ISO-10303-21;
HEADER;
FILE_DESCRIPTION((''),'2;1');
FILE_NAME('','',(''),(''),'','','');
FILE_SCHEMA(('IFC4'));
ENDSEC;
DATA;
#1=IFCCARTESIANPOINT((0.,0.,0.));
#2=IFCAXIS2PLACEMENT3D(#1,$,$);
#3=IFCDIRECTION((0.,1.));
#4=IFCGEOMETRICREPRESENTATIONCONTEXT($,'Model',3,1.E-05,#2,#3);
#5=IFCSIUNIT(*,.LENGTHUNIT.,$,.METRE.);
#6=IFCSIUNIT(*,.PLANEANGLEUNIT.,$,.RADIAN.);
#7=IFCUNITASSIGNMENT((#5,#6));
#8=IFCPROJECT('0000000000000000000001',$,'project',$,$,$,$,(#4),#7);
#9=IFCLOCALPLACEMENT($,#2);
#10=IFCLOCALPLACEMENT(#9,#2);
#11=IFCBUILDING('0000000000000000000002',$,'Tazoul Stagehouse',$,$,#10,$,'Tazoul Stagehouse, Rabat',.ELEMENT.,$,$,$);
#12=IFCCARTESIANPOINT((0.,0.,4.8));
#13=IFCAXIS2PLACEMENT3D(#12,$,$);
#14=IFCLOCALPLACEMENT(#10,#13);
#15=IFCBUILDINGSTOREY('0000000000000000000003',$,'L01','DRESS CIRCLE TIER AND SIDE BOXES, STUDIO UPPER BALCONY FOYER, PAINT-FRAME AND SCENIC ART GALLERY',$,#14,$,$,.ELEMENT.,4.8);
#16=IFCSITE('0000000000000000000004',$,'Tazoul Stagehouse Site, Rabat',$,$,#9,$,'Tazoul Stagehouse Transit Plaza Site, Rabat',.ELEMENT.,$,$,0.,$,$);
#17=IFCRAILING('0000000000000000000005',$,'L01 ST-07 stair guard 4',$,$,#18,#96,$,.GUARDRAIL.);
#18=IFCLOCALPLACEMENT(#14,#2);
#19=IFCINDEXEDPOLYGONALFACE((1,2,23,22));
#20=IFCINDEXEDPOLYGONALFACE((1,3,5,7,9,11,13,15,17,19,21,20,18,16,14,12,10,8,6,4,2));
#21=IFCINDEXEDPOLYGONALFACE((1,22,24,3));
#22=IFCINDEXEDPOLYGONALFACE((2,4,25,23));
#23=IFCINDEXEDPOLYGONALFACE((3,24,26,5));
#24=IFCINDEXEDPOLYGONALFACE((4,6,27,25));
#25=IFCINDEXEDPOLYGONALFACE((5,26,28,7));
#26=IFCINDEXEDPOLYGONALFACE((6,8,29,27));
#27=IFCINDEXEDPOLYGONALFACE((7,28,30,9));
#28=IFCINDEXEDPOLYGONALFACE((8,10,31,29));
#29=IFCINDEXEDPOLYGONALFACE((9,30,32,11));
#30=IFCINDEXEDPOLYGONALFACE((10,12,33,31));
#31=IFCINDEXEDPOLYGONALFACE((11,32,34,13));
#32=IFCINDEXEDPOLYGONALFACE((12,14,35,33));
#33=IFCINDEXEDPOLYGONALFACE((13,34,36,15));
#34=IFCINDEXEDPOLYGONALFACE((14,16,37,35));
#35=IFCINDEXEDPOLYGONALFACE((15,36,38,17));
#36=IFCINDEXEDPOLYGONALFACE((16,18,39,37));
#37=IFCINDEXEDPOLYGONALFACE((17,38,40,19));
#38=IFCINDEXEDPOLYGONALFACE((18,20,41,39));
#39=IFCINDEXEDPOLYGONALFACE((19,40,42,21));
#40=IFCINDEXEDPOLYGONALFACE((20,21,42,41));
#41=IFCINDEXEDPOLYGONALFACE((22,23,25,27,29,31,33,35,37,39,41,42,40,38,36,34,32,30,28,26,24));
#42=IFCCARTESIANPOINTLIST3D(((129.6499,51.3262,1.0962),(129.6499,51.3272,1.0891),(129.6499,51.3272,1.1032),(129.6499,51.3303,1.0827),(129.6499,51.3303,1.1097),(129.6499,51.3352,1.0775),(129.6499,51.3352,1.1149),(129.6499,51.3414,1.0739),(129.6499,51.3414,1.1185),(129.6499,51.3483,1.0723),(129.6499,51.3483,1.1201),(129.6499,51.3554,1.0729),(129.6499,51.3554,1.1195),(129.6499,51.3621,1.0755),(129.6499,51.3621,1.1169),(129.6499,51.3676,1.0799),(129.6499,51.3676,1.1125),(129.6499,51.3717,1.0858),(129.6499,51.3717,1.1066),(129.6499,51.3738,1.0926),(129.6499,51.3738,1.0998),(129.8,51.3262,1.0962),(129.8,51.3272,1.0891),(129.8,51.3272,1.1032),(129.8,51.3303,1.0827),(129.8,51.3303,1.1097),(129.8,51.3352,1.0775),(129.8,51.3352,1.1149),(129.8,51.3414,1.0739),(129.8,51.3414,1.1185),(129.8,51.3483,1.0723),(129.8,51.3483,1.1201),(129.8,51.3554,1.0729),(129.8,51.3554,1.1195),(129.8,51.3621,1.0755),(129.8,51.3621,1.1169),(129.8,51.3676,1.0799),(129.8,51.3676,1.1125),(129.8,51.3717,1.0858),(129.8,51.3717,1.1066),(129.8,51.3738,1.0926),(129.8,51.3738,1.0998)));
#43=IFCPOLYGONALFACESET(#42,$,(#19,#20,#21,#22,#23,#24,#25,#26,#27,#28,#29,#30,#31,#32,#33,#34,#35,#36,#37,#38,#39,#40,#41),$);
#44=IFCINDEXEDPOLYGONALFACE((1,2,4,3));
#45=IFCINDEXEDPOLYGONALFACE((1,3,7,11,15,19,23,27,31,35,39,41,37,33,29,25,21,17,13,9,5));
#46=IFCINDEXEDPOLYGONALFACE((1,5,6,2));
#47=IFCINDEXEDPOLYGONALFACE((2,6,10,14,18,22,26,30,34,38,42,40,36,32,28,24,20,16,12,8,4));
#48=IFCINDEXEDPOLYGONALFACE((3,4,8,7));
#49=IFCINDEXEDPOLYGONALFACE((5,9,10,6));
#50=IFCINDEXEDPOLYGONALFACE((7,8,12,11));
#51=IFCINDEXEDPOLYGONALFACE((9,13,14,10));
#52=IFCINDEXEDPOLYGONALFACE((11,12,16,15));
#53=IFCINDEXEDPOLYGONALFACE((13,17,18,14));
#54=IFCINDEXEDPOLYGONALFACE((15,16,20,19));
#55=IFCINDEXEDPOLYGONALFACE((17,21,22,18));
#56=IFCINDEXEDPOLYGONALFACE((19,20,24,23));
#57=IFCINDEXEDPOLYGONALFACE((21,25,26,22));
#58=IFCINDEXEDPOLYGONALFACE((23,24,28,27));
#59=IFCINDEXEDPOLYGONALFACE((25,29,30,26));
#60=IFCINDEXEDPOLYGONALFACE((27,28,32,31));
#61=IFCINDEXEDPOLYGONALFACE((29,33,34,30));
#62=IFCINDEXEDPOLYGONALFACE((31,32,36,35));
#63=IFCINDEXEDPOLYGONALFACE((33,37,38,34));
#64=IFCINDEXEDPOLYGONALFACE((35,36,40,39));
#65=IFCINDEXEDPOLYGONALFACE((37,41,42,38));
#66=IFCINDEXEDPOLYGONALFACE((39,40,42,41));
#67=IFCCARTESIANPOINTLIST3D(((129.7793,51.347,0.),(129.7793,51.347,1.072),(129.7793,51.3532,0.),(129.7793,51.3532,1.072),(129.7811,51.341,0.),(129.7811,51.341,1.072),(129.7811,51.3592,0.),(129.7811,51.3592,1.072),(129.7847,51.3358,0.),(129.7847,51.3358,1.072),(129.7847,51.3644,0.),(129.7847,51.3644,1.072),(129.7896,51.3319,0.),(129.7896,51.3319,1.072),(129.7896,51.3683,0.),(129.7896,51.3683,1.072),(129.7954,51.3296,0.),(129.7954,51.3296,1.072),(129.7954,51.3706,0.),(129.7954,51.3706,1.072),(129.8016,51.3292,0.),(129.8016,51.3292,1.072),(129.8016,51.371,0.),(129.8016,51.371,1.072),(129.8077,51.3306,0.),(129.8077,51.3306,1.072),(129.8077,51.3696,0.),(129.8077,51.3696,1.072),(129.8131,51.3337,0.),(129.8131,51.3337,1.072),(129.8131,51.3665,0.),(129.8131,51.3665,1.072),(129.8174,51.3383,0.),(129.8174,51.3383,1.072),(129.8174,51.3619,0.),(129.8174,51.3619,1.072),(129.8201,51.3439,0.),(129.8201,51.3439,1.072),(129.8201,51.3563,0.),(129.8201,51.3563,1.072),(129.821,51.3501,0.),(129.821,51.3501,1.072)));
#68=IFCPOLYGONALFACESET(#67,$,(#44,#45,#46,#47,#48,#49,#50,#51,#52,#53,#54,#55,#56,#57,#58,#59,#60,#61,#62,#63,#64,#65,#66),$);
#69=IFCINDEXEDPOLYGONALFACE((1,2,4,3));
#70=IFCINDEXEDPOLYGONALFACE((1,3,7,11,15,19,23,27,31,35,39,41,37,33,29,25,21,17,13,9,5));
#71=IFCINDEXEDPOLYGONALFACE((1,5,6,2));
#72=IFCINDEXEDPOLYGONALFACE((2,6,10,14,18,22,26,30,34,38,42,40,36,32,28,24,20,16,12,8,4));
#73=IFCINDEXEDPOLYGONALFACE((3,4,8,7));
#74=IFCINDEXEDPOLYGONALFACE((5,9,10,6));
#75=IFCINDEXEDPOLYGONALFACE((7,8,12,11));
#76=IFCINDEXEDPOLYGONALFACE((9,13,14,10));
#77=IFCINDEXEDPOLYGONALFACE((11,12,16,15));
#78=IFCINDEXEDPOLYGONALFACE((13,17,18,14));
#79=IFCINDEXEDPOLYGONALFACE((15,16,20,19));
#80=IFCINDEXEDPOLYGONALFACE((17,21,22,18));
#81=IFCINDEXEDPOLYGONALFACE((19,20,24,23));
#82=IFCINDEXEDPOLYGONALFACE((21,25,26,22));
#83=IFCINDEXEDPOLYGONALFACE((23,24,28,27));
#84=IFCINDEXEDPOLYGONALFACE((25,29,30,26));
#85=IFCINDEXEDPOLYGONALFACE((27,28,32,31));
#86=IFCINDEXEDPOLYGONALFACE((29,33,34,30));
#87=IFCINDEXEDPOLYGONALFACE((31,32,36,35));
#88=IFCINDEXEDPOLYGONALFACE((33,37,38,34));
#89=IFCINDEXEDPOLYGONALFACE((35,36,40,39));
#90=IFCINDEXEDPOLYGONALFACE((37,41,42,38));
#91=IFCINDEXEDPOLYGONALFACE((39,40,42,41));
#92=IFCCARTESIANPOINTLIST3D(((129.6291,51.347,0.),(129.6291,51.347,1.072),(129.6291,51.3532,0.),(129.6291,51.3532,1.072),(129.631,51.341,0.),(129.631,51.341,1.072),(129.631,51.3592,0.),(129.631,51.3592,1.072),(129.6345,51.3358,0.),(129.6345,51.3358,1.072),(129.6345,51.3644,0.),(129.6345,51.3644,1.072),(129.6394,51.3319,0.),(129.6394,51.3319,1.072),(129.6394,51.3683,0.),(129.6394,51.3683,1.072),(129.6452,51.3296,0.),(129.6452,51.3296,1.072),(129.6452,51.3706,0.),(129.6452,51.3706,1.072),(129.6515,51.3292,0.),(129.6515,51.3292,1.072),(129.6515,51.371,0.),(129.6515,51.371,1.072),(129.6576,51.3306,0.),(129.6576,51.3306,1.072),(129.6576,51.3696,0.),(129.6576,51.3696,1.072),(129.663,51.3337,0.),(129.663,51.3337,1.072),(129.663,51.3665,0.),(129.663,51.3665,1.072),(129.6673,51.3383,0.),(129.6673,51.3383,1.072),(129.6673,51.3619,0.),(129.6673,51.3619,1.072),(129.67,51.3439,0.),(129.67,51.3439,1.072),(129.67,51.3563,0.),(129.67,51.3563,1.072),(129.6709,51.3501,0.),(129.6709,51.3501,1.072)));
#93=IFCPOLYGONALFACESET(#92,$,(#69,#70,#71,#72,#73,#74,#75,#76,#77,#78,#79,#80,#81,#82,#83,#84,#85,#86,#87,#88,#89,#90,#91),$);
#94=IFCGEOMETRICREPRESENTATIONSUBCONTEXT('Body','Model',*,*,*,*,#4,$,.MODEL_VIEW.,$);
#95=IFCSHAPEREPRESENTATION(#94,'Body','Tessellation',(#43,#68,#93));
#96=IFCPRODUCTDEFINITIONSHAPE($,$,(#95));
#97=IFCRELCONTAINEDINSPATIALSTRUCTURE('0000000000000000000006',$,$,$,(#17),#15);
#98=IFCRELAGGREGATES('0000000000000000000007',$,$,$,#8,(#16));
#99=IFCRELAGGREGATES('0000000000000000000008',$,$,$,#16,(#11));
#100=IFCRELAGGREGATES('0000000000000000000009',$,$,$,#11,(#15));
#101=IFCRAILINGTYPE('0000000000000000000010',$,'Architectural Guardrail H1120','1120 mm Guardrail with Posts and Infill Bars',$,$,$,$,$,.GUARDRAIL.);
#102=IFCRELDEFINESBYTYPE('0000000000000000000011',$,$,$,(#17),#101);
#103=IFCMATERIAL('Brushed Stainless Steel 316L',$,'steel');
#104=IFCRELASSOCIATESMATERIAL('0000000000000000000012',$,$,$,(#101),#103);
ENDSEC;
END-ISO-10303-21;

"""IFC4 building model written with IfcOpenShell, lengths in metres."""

from ifc_helpers import new_model, si_unit, direction, frame, origin, origin_2d, place, context, subcontext, project, spatial, circle, extrude, material, material_profile, profile_set, type_object, element, save


model = new_model("IFC4")

# Units and contexts
model_context = context("Model", 3, precision=1e-05, world=origin(), true_north=direction((0.0, 1.0)))
body_context = subcontext(model_context, "Body", "Model", "MODEL_VIEW")
ifc_project = project(units=[si_unit("LENGTHUNIT", "METRE"), si_unit("PLANEANGLEUNIT", "RADIAN")], contexts=[model_context])

# Site, building, storey
site_placement = place(None, origin())
site = spatial("IfcSite", under=ifc_project, at=site_placement, Name="Tazoul Stagehouse Site, Rabat", LongName="Tazoul Stagehouse Transit Plaza Site, Rabat", CompositionType="ELEMENT", RefElevation=0.0)
building_placement = place(site_placement, origin())
building = spatial("IfcBuilding", under=site, at=building_placement, Name="Tazoul Stagehouse", LongName="Tazoul Stagehouse, Rabat", CompositionType="ELEMENT")
storey_placement = place(building_placement, frame((0.0, 0.0, 4.8)))
storey = spatial("IfcBuildingStorey", under=building, at=storey_placement, Name="L01", Description="DRESS CIRCLE TIER AND SIDE BOXES, STUDIO UPPER BALCONY FOYER, PAINT-FRAME AND SCENIC ART GALLERY", CompositionType="ELEMENT", Elevation=4.8)

# Railing
ifc_material_1 = material(Name="Brushed Stainless Steel 316L", Category="steel")
ifc_material_profile_1 = material_profile(ifc_material_1, circle(Radius=0.0239, at=origin_2d()), Name="SS RAIL D48")
ifc_profile_set_1 = profile_set([ifc_material_profile_1], Name="Brushed Stainless Steel 316L")
railing_type_1 = type_object("IfcRailingType", Name="Architectural Guardrail H1120", Description="1120 mm Guardrail with Posts and Infill Bars", PredefinedType="GUARDRAIL", material=ifc_profile_set_1)
railing_1_placement = place(storey_placement, frame((129.8, 51.3501, 0.0)))
element("IfcRailing", 1, at=railing_1_placement, inside=storey, type_object=railing_type_1, Name="L01 ST-07 stair guard 4", PredefinedType="GUARDRAIL", context=body_context, shape_type="SweptSolid", body=[
    extrude(circle(Radius=0.0239, at=origin_2d()), frame((0.0, 0.0, 1.0962), z_axis=(-1.0, 0.0, 0.0), x_axis=(0.0, -1.0, 0.0)), (0.0, 0.0, 1.0), 0.1501),
    extrude(circle(Radius=0.021, at=origin_2d()), origin(), (0.0, 0.0, 1.0), 1.072),
    extrude(circle(Radius=0.021, at=origin_2d()), frame((-0.1501, 0.0, 0.0)), (0.0, 0.0, 1.0), 1.072),
])

save(model, "model.ifc")
